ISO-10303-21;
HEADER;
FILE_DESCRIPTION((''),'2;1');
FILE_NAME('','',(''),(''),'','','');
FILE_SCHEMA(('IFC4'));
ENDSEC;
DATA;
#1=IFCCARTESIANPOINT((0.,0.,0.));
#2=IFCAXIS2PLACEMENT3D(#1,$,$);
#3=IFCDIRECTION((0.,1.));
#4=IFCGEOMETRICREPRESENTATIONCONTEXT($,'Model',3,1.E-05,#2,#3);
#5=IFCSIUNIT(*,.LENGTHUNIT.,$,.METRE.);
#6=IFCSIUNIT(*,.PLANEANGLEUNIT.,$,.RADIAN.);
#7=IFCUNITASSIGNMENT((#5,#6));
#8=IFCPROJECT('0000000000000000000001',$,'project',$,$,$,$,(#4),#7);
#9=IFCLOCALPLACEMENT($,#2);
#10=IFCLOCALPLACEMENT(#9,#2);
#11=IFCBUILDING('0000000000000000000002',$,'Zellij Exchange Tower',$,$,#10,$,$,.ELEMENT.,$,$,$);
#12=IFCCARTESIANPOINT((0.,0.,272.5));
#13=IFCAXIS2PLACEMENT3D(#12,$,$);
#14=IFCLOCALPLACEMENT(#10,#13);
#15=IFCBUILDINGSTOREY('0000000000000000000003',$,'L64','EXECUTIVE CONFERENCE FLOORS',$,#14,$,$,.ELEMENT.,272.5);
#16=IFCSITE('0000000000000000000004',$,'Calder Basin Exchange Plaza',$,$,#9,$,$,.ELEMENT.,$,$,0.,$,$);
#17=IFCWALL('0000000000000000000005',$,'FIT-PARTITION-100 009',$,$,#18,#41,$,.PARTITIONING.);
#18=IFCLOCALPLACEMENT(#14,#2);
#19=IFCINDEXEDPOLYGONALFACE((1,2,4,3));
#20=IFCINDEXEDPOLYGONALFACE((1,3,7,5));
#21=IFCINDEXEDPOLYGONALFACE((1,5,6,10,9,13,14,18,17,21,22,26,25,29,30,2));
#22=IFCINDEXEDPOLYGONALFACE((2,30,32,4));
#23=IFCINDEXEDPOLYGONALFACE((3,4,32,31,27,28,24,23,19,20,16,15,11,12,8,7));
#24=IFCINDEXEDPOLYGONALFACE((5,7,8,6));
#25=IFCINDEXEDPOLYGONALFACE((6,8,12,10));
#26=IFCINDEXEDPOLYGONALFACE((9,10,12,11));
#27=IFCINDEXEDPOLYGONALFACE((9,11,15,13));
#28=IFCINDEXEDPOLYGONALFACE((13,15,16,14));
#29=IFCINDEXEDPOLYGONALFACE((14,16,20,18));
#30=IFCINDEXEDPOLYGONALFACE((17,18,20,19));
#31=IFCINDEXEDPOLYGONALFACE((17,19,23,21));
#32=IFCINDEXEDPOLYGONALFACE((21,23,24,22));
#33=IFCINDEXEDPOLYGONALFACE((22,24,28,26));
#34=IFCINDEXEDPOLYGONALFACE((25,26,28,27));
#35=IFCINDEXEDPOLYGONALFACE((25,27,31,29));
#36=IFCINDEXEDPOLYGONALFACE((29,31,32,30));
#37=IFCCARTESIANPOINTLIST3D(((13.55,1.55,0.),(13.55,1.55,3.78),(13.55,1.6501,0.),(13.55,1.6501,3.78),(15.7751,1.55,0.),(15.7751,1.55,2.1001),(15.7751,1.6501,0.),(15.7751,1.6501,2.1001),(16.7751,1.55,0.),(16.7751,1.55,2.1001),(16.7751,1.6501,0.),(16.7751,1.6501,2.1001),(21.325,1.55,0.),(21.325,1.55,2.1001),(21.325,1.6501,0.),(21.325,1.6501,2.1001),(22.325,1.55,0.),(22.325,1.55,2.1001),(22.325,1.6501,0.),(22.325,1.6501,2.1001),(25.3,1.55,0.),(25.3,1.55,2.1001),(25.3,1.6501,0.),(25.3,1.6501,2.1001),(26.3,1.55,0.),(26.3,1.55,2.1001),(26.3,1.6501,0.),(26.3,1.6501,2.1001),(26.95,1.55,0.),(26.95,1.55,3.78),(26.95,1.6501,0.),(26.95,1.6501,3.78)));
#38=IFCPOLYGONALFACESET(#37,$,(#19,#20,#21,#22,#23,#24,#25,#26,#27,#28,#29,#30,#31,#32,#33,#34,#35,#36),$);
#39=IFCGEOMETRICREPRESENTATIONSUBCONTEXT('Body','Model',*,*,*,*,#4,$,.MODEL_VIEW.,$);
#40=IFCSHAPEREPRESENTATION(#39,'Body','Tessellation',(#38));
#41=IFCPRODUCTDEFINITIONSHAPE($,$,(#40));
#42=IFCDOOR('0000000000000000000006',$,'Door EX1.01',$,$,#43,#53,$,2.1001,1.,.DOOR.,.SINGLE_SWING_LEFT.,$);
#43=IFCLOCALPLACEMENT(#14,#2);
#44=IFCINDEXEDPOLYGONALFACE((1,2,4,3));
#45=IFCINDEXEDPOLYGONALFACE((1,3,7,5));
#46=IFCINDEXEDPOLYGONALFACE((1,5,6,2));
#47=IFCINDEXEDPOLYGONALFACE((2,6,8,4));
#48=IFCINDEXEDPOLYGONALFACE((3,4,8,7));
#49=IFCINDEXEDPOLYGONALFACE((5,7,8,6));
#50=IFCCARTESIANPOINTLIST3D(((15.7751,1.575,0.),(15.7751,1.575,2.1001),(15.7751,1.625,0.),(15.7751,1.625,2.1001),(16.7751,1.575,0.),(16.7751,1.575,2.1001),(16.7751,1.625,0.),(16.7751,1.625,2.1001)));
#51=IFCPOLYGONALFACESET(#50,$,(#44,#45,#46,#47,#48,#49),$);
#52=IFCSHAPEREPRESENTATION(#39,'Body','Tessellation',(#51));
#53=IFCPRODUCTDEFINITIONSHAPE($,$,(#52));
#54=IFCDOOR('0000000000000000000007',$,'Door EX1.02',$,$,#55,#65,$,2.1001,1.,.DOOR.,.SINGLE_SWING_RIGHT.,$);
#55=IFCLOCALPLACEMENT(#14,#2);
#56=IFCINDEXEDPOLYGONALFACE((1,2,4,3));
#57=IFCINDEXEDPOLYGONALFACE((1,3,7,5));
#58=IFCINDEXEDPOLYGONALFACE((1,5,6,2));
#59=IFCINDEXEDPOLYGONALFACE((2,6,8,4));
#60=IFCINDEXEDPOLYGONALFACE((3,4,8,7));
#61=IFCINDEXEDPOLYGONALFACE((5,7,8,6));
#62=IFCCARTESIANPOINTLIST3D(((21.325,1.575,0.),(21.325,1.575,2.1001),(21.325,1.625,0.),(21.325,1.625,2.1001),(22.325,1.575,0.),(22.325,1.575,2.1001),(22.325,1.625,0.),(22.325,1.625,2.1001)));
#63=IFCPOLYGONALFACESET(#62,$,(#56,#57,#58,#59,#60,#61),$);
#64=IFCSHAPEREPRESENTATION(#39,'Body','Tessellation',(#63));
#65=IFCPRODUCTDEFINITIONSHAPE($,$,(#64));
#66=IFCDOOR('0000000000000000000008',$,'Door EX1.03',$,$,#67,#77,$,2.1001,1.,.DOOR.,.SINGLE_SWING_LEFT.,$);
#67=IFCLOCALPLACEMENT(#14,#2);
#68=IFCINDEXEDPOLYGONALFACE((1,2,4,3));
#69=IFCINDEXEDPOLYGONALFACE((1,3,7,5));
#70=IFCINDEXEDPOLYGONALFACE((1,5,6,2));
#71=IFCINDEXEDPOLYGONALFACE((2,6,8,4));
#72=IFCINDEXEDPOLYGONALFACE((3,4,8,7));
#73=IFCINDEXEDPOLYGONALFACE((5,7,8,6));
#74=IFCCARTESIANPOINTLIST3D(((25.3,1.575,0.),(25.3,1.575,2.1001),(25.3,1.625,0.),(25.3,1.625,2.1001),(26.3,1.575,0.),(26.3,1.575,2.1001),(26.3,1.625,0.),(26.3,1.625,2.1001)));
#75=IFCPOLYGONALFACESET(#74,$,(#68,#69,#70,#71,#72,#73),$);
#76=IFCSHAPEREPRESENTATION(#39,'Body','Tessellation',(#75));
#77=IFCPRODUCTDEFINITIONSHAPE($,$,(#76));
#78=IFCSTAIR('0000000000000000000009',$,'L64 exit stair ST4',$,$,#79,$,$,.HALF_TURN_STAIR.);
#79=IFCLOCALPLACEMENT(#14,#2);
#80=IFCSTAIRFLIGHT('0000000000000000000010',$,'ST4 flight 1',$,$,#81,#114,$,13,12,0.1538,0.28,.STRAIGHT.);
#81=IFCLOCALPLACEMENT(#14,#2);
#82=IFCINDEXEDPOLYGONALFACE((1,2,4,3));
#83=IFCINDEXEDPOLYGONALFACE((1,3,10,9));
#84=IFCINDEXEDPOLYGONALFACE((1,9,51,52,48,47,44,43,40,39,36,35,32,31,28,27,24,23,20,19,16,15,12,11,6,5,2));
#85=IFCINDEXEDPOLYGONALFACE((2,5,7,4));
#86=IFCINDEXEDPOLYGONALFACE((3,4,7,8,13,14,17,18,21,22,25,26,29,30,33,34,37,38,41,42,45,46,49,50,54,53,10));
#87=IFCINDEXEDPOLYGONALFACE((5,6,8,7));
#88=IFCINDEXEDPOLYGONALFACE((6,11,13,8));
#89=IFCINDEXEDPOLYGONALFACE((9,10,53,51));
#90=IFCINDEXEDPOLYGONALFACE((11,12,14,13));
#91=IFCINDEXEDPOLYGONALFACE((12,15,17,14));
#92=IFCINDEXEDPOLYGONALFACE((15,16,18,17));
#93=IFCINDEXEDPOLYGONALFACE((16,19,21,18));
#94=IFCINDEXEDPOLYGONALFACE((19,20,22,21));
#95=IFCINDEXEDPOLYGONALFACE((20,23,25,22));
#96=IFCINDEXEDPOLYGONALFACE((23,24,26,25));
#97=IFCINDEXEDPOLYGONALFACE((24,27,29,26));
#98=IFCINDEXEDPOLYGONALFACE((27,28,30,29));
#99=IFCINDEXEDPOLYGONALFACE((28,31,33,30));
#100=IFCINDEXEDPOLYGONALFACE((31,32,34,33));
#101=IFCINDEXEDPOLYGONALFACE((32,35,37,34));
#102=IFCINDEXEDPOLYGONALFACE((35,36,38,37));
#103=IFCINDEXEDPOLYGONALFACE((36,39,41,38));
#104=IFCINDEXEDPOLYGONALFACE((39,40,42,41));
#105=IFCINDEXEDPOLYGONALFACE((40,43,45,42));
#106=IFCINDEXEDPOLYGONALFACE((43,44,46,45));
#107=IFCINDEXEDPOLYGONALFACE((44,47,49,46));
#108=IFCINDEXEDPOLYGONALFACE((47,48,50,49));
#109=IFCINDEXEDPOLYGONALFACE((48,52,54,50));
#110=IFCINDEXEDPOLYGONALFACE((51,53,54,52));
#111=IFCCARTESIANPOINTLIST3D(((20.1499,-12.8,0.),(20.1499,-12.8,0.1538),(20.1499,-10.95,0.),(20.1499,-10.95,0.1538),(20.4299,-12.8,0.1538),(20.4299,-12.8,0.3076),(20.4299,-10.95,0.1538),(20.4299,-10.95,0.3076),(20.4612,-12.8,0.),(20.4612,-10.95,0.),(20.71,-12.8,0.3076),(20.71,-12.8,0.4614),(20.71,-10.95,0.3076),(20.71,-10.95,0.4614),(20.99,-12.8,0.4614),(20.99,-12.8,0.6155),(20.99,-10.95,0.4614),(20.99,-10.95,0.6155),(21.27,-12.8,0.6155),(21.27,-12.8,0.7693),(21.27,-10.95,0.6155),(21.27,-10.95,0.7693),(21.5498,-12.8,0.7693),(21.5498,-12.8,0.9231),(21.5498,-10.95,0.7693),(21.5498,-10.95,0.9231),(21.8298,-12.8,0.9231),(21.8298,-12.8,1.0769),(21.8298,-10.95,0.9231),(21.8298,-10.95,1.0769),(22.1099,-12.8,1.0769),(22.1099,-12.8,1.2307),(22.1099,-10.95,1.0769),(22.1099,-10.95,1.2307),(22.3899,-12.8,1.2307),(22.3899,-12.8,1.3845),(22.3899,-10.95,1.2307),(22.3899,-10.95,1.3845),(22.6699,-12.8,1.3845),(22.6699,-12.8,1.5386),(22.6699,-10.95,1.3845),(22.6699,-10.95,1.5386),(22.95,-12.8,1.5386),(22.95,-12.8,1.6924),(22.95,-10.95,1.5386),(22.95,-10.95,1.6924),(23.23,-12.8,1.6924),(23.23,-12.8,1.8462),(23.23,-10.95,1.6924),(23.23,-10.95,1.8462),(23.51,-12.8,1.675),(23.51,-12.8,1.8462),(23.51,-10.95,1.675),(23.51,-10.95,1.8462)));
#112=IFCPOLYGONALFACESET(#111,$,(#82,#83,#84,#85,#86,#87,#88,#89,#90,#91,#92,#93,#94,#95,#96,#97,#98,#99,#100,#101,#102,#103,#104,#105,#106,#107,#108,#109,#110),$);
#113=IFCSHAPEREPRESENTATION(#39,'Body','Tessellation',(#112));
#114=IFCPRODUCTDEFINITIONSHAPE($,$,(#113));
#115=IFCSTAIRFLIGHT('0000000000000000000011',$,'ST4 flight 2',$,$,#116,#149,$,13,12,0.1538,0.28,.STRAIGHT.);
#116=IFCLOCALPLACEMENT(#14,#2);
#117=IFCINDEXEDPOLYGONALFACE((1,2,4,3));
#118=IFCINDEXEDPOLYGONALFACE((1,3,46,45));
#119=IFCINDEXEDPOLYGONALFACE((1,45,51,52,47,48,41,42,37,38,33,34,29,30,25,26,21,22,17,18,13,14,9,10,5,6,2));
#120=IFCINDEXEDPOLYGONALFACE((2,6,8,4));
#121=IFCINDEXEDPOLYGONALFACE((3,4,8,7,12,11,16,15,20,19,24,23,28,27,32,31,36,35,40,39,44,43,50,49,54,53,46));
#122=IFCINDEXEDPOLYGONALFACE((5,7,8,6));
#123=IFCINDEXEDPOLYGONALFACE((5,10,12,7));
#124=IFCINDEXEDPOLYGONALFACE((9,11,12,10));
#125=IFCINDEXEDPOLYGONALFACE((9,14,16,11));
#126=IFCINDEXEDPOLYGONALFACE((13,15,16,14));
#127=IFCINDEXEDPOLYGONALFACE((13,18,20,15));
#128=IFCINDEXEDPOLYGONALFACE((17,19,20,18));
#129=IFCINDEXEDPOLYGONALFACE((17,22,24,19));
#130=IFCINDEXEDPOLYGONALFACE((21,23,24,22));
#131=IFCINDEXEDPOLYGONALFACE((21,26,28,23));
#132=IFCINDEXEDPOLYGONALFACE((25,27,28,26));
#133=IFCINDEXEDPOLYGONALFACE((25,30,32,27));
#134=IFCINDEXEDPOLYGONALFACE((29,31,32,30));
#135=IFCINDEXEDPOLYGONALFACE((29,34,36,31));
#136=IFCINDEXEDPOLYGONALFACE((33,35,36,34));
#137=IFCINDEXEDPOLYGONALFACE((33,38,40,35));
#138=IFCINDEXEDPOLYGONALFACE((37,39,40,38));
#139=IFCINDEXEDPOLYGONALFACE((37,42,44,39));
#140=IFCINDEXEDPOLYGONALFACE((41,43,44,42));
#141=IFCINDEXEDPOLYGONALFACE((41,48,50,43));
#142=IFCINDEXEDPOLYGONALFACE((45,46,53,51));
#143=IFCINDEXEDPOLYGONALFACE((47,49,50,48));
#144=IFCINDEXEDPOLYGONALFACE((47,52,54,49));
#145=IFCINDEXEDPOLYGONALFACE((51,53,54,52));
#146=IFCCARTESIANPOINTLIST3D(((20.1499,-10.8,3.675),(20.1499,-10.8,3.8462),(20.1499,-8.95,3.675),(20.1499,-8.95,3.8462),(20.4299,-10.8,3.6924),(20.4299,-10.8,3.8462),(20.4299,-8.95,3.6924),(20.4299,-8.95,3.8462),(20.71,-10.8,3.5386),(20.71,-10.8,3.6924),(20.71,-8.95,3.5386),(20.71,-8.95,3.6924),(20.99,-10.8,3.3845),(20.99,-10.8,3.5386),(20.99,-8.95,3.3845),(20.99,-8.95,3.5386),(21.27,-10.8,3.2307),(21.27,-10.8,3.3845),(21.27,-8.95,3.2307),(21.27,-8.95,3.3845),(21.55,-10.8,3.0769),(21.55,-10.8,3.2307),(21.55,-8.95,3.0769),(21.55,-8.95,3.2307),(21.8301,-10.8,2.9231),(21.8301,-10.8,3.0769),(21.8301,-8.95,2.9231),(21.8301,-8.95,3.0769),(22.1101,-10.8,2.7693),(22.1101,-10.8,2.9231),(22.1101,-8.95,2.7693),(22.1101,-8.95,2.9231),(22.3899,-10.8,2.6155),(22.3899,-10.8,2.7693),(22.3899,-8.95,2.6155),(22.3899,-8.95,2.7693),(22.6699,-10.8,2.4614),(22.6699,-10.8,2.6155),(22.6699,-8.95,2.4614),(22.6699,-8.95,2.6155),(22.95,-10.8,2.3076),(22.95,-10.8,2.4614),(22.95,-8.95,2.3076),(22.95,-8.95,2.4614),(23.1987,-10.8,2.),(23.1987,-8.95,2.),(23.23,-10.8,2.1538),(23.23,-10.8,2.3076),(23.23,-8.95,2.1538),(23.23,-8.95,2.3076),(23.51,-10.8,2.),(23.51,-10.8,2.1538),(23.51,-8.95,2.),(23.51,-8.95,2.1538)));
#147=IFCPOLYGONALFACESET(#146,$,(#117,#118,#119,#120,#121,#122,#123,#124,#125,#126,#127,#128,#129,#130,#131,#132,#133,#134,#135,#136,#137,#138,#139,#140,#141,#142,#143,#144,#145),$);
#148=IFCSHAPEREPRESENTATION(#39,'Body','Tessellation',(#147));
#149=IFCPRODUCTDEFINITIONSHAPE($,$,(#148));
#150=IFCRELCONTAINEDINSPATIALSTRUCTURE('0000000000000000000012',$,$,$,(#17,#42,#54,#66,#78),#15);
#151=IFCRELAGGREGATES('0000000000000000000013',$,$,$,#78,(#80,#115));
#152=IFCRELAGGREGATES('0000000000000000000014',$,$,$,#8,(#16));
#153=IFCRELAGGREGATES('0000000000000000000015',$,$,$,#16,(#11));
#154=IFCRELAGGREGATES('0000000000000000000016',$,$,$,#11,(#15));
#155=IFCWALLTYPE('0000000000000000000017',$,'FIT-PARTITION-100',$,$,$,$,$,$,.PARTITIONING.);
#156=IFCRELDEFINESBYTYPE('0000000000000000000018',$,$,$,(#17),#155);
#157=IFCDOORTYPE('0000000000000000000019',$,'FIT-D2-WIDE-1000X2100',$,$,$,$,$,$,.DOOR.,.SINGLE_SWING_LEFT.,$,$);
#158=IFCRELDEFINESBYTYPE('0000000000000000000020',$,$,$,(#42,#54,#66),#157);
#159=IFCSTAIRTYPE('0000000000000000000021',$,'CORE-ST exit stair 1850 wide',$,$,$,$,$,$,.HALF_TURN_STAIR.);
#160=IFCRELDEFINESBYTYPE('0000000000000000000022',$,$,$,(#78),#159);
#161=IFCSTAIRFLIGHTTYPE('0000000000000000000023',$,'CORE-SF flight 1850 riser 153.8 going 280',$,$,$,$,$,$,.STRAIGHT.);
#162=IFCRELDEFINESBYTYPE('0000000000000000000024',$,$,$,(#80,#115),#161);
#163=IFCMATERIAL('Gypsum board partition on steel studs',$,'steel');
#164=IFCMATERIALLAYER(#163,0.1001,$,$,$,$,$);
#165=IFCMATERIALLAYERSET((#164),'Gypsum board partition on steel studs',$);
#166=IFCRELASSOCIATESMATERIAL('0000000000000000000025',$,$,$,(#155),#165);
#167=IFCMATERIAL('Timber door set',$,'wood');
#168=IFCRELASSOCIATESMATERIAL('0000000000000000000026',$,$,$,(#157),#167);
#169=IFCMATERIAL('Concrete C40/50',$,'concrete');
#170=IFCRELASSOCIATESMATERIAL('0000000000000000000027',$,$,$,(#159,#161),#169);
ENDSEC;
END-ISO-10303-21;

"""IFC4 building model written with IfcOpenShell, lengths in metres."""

from ifc_helpers import new_model, si_unit, direction, frame, frame_2d, origin, place, context, subcontext, project, spatial, polyline, rectangle, outline, extrude, material, layer, layer_set, type_object, element, fill, aggregate, save


model = new_model("IFC4")

# Units and contexts
model_context = context("Model", 3, precision=1e-05, world=origin(), true_north=direction((0.0, 1.0)))
body_context = subcontext(model_context, "Body", "Model", "MODEL_VIEW")
ifc_project = project(units=[si_unit("LENGTHUNIT", "METRE"), si_unit("PLANEANGLEUNIT", "RADIAN")], contexts=[model_context])

# Site, building, storey
site_placement = place(None, origin())
site = spatial("IfcSite", under=ifc_project, at=site_placement, Name="Calder Basin Exchange Plaza", CompositionType="ELEMENT", RefElevation=0.0)
building_placement = place(site_placement, origin())
building = spatial("IfcBuilding", under=site, at=building_placement, Name="Zellij Exchange Tower", CompositionType="ELEMENT")
storey_placement = place(building_placement, frame((0.0, 0.0, 272.5)))
storey = spatial("IfcBuildingStorey", under=building, at=storey_placement, Name="L64", Description="EXECUTIVE CONFERENCE FLOORS", CompositionType="ELEMENT", Elevation=272.5)

# Shared definitions
ifc_material_1 = material(Name="Gypsum board partition on steel studs", Category="steel")
ifc_layer_1 = layer(ifc_material_1, 0.1001)
ifc_layer_set_1 = layer_set([ifc_layer_1], Name="Gypsum board partition on steel studs")
wall_type_1 = type_object("IfcWallType", Name="FIT-PARTITION-100", PredefinedType="PARTITIONING", material=ifc_layer_set_1)

# Wall, openings, doors
wall_1_placement = place(storey_placement, frame((13.55, 1.6001, 0.0), z_axis=(0.0, 0.0, 1.0), x_axis=(1.0, 0.0, 0.0)))
wall_1 = element("IfcWall", 1, at=wall_1_placement, inside=storey, type_object=wall_type_1, Name="FIT-PARTITION-100 009", PredefinedType="PARTITIONING", context=body_context, shape_type="SweptSolid", body=[
    extrude(rectangle(XDim=13.3999, YDim=0.1001, at=frame_2d((6.7, 0.0))), origin(), (0.0, 0.0, 1.0), 3.78),
])
opening_1_placement = place(wall_1_placement, frame((2.2251, 0.0, 0.0)))
opening_1 = element("IfcOpeningElement", 2, at=opening_1_placement, cuts=wall_1, PredefinedType="OPENING", context=body_context, shape_type="SweptSolid", body=[
    extrude(rectangle(XDim=1.0, YDim=2.1001, at=frame_2d((0.5, 1.05))), frame((0.0, 0.062, 0.0), z_axis=(0.0, -1.0, 0.0), x_axis=(1.0, 0.0, 0.0)), (0.0, 0.0, 1.0), 0.124),
])
opening_2_placement = place(wall_1_placement, frame((7.7749, 0.0, 0.0)))
opening_2 = element("IfcOpeningElement", 3, at=opening_2_placement, cuts=wall_1, PredefinedType="OPENING", context=body_context, shape_type="SweptSolid", body=[
    extrude(rectangle(XDim=1.0, YDim=2.1001, at=frame_2d((0.5, 1.05))), frame((0.0, 0.062, 0.0), z_axis=(0.0, -1.0, 0.0), x_axis=(1.0, 0.0, 0.0)), (0.0, 0.0, 1.0), 0.124),
])
opening_3_placement = place(wall_1_placement, frame((11.75, 0.0, 0.0)))
opening_3 = element("IfcOpeningElement", 4, at=opening_3_placement, cuts=wall_1, PredefinedType="OPENING", context=body_context, shape_type="SweptSolid", body=[
    extrude(rectangle(XDim=1.0, YDim=2.1001, at=frame_2d((0.5, 1.05))), frame((0.0, 0.062, 0.0), z_axis=(0.0, -1.0, 0.0), x_axis=(1.0, 0.0, 0.0)), (0.0, 0.0, 1.0), 0.124),
])
ifc_material_2 = material(Name="Timber door set", Category="wood")
door_type_1 = type_object("IfcDoorType", Name="FIT-D2-WIDE-1000X2100", OperationType="SINGLE_SWING_LEFT", PredefinedType="DOOR", material=ifc_material_2)
door_1_placement = place(opening_1_placement, origin())
door_1 = element("IfcDoor", 5, at=door_1_placement, inside=storey, type_object=door_type_1, Name="Door EX1.01", OperationType="SINGLE_SWING_LEFT", OverallHeight=2.1001, OverallWidth=1.0, PredefinedType="DOOR", context=body_context, shape_type="SweptSolid", body=[
    extrude(rectangle(XDim=1.0, YDim=2.1001, at=frame_2d((0.5, 1.05))), frame((0.0, 0.0249, 0.0), z_axis=(0.0, -1.0, 0.0), x_axis=(1.0, 0.0, 0.0)), (0.0, 0.0, 1.0), 0.05),
])
fill(opening_1, door_1)
door_2_placement = place(opening_2_placement, origin())
door_2 = element("IfcDoor", 6, at=door_2_placement, inside=storey, type_object=door_type_1, Name="Door EX1.02", OperationType="SINGLE_SWING_RIGHT", OverallHeight=2.1001, OverallWidth=1.0, PredefinedType="DOOR", context=body_context, shape_type="SweptSolid", body=[
    extrude(rectangle(XDim=1.0, YDim=2.1001, at=frame_2d((0.5, 1.05))), frame((0.0, 0.0249, 0.0), z_axis=(0.0, -1.0, 0.0), x_axis=(1.0, 0.0, 0.0)), (0.0, 0.0, 1.0), 0.05),
])
fill(opening_2, door_2)
door_3_placement = place(opening_3_placement, origin())
door_3 = element("IfcDoor", 7, at=door_3_placement, inside=storey, type_object=door_type_1, Name="Door EX1.03", OperationType="SINGLE_SWING_LEFT", OverallHeight=2.1001, OverallWidth=1.0, PredefinedType="DOOR", context=body_context, shape_type="SweptSolid", body=[
    extrude(rectangle(XDim=1.0, YDim=2.1001, at=frame_2d((0.5, 1.05))), frame((0.0, 0.0249, 0.0), z_axis=(0.0, -1.0, 0.0), x_axis=(1.0, 0.0, 0.0)), (0.0, 0.0, 1.0), 0.05),
])
fill(opening_3, door_3)

# Stair, stair flights
ifc_material_3 = material(Name="Concrete C40/50", Category="concrete")
stair_type = type_object("IfcStairType", Name="CORE-ST exit stair 1850 wide", PredefinedType="HALF_TURN_STAIR", material=ifc_material_3)
stair_placement = place(storey_placement, origin())
stair = element("IfcStair", 8, at=stair_placement, inside=storey, type_object=stair_type, Name="L64 exit stair ST4", PredefinedType="HALF_TURN_STAIR")
stair_flight_type = type_object("IfcStairFlightType", Name="CORE-SF flight 1850 riser 153.8 going 280", PredefinedType="STRAIGHT", material=ifc_material_3)
stair_flight_1_placement = place(storey_placement, frame((20.1499, -11.875, 0.0), z_axis=(0.0, 0.0, 1.0), x_axis=(1.0, 0.0, 0.0)))
stair_flight_1 = element("IfcStairFlight", 9, at=stair_flight_1_placement, type_object=stair_flight_type, Name="ST4 flight 1", NumberOfRisers=13, NumberOfTreads=12, PredefinedType="STRAIGHT", RiserHeight=0.1538, TreadLength=0.28, context=body_context, shape_type="SweptSolid", body=[
    extrude(outline(polyline([(0.0, 0.0), (0.0, 0.1538), (0.28, 0.1538), (0.28, 0.3076), (0.5601, 0.3076), (0.5601, 0.4614), (0.8401, 0.4614), (0.8401, 0.6155), (1.1201, 0.6155), (1.1201, 0.7693), (1.3999, 0.7693), (1.3999, 0.9231), (1.6799, 0.9231), (1.6799, 1.0769), (1.96, 1.0769), (1.96, 1.2307), (2.24, 1.2307), (2.24, 1.3845), (2.52, 1.3845), (2.52, 1.5386), (2.8, 1.5386), (2.8, 1.6924), (3.0801, 1.6924), (3.0801, 1.8462), (3.3601, 1.8462), (3.3601, 2.0), (3.3601, 1.675), (0.3113, 0.0), (0.0, 0.0)])), frame((0.0, 0.925, 0.0), z_axis=(0.0, -1.0, 0.0), x_axis=(1.0, 0.0, 0.0)), (0.0, 0.0, 1.0), 1.8501),
])
stair_flight_2_placement = place(storey_placement, frame((23.51, -9.875, 2.0), z_axis=(0.0, 0.0, 1.0), x_axis=(-1.0, 0.0, 0.0)))
stair_flight_2 = element("IfcStairFlight", 10, at=stair_flight_2_placement, type_object=stair_flight_type, Name="ST4 flight 2", NumberOfRisers=13, NumberOfTreads=12, PredefinedType="STRAIGHT", RiserHeight=0.1538, TreadLength=0.28, context=body_context, shape_type="SweptSolid", body=[
    extrude(outline(polyline([(0.0, 0.0), (0.0, 0.1538), (0.28, 0.1538), (0.28, 0.3076), (0.5601, 0.3076), (0.5601, 0.4614), (0.8401, 0.4614), (0.8401, 0.6155), (1.1201, 0.6155), (1.1201, 0.7693), (1.3999, 0.7693), (1.3999, 0.9231), (1.6799, 0.9231), (1.6799, 1.0769), (1.96, 1.0769), (1.96, 1.2307), (2.24, 1.2307), (2.24, 1.3845), (2.52, 1.3845), (2.52, 1.5386), (2.8, 1.5386), (2.8, 1.6924), (3.0801, 1.6924), (3.0801, 1.8462), (3.3601, 1.8462), (3.3601, 2.0), (3.3601, 1.675), (0.3113, 0.0), (0.0, 0.0)])), frame((0.0, 0.925, 0.0), z_axis=(0.0, -1.0, 0.0), x_axis=(1.0, 0.0, 0.0)), (0.0, 0.0, 1.0), 1.8501),
])
aggregate(stair, [stair_flight_1, stair_flight_2])

save(model, "model.ifc")
